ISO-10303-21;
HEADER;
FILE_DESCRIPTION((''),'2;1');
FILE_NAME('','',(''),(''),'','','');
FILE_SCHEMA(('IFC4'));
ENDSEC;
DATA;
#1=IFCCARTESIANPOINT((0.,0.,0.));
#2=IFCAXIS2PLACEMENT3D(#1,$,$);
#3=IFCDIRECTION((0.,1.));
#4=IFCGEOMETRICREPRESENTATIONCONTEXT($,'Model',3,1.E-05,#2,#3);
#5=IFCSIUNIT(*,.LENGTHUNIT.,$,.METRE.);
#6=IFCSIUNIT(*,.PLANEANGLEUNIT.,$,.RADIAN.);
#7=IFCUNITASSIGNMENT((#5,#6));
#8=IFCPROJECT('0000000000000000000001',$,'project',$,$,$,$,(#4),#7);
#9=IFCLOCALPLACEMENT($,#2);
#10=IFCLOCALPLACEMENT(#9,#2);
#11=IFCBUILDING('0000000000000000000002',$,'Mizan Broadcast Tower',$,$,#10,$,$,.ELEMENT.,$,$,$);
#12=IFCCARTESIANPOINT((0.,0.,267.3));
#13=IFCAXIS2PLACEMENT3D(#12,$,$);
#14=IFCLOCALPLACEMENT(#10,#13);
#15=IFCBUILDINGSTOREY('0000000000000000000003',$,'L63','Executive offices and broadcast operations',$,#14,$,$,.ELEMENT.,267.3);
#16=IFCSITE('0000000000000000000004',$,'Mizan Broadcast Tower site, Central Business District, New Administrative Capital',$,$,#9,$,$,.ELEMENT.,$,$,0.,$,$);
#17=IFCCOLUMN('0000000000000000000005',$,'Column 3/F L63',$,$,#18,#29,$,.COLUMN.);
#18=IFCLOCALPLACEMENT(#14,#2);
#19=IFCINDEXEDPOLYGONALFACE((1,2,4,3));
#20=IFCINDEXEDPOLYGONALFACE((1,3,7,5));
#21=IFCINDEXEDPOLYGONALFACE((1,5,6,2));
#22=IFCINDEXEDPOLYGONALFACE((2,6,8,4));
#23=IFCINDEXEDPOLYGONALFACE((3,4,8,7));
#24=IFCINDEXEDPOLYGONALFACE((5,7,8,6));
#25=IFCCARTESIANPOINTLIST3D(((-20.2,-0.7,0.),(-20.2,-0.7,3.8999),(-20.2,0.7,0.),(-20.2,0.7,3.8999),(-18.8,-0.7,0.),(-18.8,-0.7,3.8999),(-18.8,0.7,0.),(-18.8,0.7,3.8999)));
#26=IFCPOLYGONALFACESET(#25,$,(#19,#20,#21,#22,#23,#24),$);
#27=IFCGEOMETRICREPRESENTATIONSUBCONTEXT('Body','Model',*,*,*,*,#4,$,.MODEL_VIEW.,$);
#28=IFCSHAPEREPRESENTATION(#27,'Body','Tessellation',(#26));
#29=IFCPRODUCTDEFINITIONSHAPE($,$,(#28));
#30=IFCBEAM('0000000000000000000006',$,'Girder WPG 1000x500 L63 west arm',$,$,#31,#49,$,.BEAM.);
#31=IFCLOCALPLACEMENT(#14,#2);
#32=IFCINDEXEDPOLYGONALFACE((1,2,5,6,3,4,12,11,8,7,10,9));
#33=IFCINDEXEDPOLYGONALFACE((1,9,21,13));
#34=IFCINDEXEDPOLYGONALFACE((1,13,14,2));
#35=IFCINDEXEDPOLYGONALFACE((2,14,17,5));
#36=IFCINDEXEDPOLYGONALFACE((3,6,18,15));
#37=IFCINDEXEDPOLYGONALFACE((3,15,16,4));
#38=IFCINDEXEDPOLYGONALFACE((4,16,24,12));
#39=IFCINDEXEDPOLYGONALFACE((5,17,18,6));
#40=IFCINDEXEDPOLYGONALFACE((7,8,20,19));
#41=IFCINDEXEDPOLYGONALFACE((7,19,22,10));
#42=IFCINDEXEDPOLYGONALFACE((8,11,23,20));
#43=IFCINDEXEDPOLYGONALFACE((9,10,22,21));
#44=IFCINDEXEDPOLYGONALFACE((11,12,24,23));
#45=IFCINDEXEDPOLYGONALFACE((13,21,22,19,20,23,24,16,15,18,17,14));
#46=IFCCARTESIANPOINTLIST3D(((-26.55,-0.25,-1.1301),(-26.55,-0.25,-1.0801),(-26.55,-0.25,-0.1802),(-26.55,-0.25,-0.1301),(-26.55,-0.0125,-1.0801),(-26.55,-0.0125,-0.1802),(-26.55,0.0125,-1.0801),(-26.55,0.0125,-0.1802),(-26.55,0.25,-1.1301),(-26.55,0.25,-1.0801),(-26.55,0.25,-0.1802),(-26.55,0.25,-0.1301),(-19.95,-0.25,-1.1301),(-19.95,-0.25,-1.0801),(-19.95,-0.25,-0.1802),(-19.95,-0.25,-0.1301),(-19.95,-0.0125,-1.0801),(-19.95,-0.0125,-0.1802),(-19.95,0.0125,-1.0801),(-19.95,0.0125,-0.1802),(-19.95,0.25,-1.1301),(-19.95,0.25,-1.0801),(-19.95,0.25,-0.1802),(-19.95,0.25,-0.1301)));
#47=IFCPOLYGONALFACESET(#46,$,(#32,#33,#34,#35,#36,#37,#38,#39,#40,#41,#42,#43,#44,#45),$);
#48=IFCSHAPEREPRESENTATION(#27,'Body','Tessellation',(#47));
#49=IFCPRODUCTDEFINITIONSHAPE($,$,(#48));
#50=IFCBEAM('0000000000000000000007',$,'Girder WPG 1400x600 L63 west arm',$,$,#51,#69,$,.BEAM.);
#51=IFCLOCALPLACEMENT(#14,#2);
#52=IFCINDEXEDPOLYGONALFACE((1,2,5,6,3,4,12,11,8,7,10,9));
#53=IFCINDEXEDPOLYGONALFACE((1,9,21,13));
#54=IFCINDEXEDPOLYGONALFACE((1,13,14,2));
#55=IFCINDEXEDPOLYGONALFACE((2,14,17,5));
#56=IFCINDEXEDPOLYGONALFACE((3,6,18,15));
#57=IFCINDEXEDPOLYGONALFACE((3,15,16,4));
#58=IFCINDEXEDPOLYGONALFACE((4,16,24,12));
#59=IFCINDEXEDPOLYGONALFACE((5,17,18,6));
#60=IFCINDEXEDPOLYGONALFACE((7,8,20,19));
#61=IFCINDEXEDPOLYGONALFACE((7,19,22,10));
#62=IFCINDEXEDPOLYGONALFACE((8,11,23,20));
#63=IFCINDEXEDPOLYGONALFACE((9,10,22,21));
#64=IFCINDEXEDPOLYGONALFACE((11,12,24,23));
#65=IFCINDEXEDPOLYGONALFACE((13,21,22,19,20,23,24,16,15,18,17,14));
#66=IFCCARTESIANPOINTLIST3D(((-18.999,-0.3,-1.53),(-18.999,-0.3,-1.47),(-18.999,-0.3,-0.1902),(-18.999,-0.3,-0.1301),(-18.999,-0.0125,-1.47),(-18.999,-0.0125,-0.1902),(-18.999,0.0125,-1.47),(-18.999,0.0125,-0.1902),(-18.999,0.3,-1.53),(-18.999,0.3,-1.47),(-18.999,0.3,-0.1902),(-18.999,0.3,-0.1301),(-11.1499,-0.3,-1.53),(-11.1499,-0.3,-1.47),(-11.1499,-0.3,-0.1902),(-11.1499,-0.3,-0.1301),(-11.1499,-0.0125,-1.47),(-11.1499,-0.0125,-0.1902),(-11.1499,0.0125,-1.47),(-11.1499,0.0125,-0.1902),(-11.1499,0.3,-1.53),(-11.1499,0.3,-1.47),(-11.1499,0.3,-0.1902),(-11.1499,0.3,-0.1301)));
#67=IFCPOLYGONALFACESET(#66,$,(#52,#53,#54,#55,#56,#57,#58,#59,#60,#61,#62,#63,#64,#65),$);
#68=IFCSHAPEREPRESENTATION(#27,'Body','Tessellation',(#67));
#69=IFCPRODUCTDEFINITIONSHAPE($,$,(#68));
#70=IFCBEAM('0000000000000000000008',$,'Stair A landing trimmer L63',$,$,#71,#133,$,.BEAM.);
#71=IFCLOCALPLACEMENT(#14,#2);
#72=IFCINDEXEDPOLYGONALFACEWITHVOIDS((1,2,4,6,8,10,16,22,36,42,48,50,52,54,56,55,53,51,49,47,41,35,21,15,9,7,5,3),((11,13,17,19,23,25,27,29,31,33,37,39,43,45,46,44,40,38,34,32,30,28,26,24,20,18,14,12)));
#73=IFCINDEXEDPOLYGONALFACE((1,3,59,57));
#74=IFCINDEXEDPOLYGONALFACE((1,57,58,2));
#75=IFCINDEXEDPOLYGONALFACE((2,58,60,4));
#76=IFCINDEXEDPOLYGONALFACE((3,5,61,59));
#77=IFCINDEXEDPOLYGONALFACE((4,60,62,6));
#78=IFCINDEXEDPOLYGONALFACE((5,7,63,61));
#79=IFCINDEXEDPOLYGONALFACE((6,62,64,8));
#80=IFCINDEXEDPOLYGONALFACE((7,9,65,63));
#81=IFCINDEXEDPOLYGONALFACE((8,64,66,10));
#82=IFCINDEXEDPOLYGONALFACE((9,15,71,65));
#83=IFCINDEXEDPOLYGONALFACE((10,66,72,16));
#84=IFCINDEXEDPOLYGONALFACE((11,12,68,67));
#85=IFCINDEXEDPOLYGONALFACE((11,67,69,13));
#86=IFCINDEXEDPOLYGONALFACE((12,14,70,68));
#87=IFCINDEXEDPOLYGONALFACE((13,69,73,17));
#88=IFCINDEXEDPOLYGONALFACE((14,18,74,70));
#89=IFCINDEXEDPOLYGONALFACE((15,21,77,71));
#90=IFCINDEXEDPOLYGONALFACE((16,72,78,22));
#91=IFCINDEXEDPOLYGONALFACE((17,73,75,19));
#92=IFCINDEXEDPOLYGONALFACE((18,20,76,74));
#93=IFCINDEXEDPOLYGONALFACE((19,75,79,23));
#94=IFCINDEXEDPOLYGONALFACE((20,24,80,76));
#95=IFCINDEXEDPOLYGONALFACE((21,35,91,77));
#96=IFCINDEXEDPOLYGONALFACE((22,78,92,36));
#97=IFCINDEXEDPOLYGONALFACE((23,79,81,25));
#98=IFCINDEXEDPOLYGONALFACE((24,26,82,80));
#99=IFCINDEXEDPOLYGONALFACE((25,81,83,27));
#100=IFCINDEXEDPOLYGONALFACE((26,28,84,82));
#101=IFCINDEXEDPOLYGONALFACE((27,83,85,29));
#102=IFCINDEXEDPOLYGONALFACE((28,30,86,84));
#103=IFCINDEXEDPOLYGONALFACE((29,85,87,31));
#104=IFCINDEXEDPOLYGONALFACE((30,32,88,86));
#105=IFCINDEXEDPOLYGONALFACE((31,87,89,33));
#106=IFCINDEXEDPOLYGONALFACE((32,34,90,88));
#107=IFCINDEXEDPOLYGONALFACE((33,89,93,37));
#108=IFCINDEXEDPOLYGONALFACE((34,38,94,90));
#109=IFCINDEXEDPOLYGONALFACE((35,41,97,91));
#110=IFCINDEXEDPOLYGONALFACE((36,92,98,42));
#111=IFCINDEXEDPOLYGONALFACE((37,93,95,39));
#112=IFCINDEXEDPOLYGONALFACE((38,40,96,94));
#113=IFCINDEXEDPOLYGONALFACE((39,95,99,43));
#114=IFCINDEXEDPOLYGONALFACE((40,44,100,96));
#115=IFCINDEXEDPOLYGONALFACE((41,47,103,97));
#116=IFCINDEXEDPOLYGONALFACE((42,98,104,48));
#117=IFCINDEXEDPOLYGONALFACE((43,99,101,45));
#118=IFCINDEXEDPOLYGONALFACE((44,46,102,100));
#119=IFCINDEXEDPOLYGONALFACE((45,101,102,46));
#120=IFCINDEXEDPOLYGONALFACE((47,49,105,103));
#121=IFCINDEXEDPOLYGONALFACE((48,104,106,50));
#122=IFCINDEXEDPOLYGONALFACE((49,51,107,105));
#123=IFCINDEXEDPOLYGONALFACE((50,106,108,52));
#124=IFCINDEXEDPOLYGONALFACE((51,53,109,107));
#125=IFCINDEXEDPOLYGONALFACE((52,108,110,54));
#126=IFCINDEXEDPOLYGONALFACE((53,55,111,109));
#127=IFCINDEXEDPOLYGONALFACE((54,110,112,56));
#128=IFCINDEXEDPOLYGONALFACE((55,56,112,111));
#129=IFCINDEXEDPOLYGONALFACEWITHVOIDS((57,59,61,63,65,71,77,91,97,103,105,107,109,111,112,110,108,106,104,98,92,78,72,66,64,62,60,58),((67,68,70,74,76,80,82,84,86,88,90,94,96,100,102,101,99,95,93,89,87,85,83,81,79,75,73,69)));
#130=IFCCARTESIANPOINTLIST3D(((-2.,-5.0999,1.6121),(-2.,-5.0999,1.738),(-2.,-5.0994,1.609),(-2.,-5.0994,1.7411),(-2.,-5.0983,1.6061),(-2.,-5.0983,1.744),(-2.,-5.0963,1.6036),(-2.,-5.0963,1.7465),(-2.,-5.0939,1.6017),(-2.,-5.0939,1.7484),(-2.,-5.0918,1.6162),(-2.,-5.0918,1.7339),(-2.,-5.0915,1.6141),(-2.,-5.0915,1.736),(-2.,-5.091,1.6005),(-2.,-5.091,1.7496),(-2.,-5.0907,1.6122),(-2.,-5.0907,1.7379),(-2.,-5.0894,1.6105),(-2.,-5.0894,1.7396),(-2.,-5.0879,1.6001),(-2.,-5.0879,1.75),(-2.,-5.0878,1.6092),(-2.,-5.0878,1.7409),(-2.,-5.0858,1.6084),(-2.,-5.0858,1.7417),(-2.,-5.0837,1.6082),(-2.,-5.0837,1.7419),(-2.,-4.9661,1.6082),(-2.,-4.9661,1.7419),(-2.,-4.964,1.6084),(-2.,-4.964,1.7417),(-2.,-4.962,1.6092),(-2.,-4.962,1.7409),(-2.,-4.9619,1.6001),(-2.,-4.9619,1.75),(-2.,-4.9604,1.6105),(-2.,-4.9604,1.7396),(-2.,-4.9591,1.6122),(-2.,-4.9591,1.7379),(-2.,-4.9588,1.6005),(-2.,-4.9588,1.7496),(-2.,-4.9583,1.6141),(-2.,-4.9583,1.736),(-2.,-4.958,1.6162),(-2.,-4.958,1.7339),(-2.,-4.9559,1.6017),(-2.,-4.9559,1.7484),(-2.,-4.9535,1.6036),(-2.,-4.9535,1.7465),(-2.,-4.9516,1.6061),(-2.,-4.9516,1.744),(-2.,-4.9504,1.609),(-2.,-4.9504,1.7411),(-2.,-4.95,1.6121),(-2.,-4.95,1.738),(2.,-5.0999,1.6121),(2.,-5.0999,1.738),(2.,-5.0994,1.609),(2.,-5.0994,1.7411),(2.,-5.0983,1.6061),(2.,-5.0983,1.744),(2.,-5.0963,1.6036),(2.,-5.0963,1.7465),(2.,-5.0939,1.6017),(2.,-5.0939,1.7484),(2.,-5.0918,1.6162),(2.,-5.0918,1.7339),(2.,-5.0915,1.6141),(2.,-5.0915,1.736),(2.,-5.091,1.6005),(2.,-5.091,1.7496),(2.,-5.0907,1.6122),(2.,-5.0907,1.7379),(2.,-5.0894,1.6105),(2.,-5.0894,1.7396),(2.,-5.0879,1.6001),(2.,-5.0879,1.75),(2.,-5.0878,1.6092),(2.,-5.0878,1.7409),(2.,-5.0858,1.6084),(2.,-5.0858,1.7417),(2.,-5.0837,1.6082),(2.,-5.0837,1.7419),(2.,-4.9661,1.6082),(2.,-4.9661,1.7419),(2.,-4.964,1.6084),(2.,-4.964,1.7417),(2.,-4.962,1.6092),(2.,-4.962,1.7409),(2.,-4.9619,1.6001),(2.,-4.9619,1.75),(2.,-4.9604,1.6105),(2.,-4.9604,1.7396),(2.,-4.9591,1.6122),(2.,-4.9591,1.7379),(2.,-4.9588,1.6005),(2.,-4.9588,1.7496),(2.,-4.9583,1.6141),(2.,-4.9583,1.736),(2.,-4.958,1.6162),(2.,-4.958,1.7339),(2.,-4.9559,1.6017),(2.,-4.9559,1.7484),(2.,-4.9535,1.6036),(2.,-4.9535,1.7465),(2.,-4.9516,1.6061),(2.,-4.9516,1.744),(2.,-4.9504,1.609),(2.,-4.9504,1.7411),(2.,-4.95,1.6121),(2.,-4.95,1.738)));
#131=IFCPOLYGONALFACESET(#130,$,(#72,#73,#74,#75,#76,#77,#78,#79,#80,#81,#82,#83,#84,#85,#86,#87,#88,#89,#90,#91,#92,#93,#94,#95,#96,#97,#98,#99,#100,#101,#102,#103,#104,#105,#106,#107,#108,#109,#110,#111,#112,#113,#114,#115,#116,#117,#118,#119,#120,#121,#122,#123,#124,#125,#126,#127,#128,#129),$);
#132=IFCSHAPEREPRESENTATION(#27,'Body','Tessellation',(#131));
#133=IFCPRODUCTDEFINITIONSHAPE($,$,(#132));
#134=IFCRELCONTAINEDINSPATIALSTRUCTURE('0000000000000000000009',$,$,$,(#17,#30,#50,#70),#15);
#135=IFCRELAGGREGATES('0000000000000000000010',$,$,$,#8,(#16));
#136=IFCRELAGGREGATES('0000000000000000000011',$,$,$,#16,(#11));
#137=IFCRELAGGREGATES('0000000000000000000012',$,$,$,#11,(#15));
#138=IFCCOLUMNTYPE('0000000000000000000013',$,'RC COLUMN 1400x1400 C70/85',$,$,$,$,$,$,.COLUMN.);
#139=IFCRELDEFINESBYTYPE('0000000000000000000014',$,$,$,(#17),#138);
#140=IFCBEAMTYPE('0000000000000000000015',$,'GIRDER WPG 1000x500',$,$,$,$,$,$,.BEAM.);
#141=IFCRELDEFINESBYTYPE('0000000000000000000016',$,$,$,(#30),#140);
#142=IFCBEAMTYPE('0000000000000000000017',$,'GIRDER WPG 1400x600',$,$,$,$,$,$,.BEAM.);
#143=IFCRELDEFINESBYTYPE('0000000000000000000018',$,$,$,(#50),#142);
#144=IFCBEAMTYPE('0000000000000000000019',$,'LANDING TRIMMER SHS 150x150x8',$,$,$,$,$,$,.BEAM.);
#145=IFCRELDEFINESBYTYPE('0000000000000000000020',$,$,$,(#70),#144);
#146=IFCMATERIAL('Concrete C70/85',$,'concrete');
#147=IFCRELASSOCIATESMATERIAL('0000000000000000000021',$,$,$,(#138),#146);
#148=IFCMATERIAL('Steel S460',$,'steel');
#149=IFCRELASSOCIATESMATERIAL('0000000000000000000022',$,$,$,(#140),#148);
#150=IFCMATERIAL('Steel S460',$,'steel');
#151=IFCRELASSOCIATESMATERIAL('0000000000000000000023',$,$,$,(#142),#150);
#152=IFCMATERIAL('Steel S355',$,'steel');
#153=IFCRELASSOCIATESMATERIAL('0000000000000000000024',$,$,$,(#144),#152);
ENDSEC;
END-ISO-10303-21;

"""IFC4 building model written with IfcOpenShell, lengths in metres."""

from ifc_helpers import new_model, si_unit, direction, frame, origin, origin_2d, place, context, subcontext, project, spatial, rectangle, hollow_rectangle, i_section, extrude, material, material_profile, profile_set, type_object, element, save


model = new_model("IFC4")

# Units and contexts
model_context = context("Model", 3, precision=1e-05, world=origin(), true_north=direction((0.0, 1.0)))
body_context = subcontext(model_context, "Body", "Model", "MODEL_VIEW")
ifc_project = project(units=[si_unit("LENGTHUNIT", "METRE"), si_unit("PLANEANGLEUNIT", "RADIAN")], contexts=[model_context])

# Site, building, storey
site_placement = place(None, origin())
site = spatial("IfcSite", under=ifc_project, at=site_placement, Name="Mizan Broadcast Tower site, Central Business District, New Administrative Capital", CompositionType="ELEMENT", RefElevation=0.0)
building_placement = place(site_placement, origin())
building = spatial("IfcBuilding", under=site, at=building_placement, Name="Mizan Broadcast Tower", CompositionType="ELEMENT")
storey_placement = place(building_placement, frame((0.0, 0.0, 267.3)))
storey = spatial("IfcBuildingStorey", under=building, at=storey_placement, Name="L63", Description="Executive offices and broadcast operations", CompositionType="ELEMENT", Elevation=267.3)

# Column
ifc_material_1 = material(Name="Concrete C70/85", Category="concrete")
ifc_material_profile_1 = material_profile(ifc_material_1, rectangle(XDim=1.3999, YDim=1.3999, at=origin_2d()), Name="RC 1400x1400")
ifc_profile_set_1 = profile_set([ifc_material_profile_1], Name="Concrete C70/85")
column_type = type_object("IfcColumnType", Name="RC COLUMN 1400x1400 C70/85", PredefinedType="COLUMN", material=ifc_profile_set_1)
column_placement = place(storey_placement, frame((-19.5, 0.0, 0.0), z_axis=(0.0, 0.0, 1.0), x_axis=(1.0, 0.0, 0.0)))
element("IfcColumn", 1, at=column_placement, inside=storey, type_object=column_type, Name="Column 3/F L63", PredefinedType="COLUMN", context=body_context, shape_type="SweptSolid", body=[
    extrude(rectangle(XDim=1.3999, YDim=1.3999, at=origin_2d()), origin(), (0.0, 0.0, 1.0), 3.8999),
])

# Beams
ifc_material_2 = material(Name="Steel S460", Category="steel")
ifc_material_profile_2 = material_profile(ifc_material_2, i_section(OverallWidth=0.5, OverallDepth=1.0, WebThickness=0.0249, FlangeThickness=0.05, at=origin_2d()), Name="WPG 1000x500")
ifc_profile_set_2 = profile_set([ifc_material_profile_2], Name="Steel S460")
beam_type_1 = type_object("IfcBeamType", Name="GIRDER WPG 1000x500", PredefinedType="BEAM", material=ifc_profile_set_2)
beam_1_placement = place(storey_placement, frame((-19.95, 0.0, -0.6301), z_axis=(-1.0, 0.0, 0.0), x_axis=(0.0, -1.0, 0.0)))
element("IfcBeam", 2, at=beam_1_placement, inside=storey, type_object=beam_type_1, Name="Girder WPG 1000x500 L63 west arm", PredefinedType="BEAM", context=body_context, shape_type="SweptSolid", body=[
    extrude(i_section(OverallWidth=0.5, OverallDepth=1.0, WebThickness=0.0249, FlangeThickness=0.05, at=origin_2d()), origin(), (0.0, 0.0, 1.0), 6.6001),
])
ifc_material_3 = material(Name="Steel S460", Category="steel")
ifc_material_profile_3 = material_profile(ifc_material_3, i_section(OverallWidth=0.6001, OverallDepth=1.3999, WebThickness=0.0249, FlangeThickness=0.0601, at=origin_2d()), Name="WPG 1400x600")
ifc_profile_set_3 = profile_set([ifc_material_profile_3], Name="Steel S460")
beam_type_2 = type_object("IfcBeamType", Name="GIRDER WPG 1400x600", PredefinedType="BEAM", material=ifc_profile_set_3)
beam_2_placement = place(storey_placement, frame((-11.1499, 0.0, -0.8301), z_axis=(-1.0, 0.0, 0.0), x_axis=(0.0, -1.0, 0.0)))
element("IfcBeam", 3, at=beam_2_placement, inside=storey, type_object=beam_type_2, Name="Girder WPG 1400x600 L63 west arm", PredefinedType="BEAM", context=body_context, shape_type="SweptSolid", body=[
    extrude(i_section(OverallWidth=0.6001, OverallDepth=1.3999, WebThickness=0.0249, FlangeThickness=0.0601, at=origin_2d()), origin(), (0.0, 0.0, 1.0), 7.8491),
])
ifc_material_4 = material(Name="Steel S355", Category="steel")
ifc_material_profile_4 = material_profile(ifc_material_4, hollow_rectangle(XDim=0.1499, YDim=0.1499, WallThickness=0.0081, InnerFilletRadius=0.0081, OuterFilletRadius=0.012, at=origin_2d()), Name="SHS 150x150x8")
ifc_profile_set_4 = profile_set([ifc_material_profile_4], Name="Steel S355")
beam_type_3 = type_object("IfcBeamType", Name="LANDING TRIMMER SHS 150x150x8", PredefinedType="BEAM", material=ifc_profile_set_4)
for number, where, z_axis, x_axis, name in (
    (4, (-2.0, -5.0249, 1.675), (1.0, 0.0, 0.0), (0.0, 1.0, 0.0), "Stair A landing trimmer L63"),
):
    element("IfcBeam", number, at=place(storey_placement, frame(where, z_axis=z_axis, x_axis=x_axis)), inside=storey, type_object=beam_type_3, Name=name, PredefinedType="BEAM", context=body_context, shape_type="SweptSolid", body=[
        extrude(hollow_rectangle(XDim=0.1499, YDim=0.1499, WallThickness=0.0081, InnerFilletRadius=0.0081, OuterFilletRadius=0.012, at=origin_2d()), origin(), (0.0, 0.0, 1.0), 4.0),
    ])

save(model, "model.ifc")
